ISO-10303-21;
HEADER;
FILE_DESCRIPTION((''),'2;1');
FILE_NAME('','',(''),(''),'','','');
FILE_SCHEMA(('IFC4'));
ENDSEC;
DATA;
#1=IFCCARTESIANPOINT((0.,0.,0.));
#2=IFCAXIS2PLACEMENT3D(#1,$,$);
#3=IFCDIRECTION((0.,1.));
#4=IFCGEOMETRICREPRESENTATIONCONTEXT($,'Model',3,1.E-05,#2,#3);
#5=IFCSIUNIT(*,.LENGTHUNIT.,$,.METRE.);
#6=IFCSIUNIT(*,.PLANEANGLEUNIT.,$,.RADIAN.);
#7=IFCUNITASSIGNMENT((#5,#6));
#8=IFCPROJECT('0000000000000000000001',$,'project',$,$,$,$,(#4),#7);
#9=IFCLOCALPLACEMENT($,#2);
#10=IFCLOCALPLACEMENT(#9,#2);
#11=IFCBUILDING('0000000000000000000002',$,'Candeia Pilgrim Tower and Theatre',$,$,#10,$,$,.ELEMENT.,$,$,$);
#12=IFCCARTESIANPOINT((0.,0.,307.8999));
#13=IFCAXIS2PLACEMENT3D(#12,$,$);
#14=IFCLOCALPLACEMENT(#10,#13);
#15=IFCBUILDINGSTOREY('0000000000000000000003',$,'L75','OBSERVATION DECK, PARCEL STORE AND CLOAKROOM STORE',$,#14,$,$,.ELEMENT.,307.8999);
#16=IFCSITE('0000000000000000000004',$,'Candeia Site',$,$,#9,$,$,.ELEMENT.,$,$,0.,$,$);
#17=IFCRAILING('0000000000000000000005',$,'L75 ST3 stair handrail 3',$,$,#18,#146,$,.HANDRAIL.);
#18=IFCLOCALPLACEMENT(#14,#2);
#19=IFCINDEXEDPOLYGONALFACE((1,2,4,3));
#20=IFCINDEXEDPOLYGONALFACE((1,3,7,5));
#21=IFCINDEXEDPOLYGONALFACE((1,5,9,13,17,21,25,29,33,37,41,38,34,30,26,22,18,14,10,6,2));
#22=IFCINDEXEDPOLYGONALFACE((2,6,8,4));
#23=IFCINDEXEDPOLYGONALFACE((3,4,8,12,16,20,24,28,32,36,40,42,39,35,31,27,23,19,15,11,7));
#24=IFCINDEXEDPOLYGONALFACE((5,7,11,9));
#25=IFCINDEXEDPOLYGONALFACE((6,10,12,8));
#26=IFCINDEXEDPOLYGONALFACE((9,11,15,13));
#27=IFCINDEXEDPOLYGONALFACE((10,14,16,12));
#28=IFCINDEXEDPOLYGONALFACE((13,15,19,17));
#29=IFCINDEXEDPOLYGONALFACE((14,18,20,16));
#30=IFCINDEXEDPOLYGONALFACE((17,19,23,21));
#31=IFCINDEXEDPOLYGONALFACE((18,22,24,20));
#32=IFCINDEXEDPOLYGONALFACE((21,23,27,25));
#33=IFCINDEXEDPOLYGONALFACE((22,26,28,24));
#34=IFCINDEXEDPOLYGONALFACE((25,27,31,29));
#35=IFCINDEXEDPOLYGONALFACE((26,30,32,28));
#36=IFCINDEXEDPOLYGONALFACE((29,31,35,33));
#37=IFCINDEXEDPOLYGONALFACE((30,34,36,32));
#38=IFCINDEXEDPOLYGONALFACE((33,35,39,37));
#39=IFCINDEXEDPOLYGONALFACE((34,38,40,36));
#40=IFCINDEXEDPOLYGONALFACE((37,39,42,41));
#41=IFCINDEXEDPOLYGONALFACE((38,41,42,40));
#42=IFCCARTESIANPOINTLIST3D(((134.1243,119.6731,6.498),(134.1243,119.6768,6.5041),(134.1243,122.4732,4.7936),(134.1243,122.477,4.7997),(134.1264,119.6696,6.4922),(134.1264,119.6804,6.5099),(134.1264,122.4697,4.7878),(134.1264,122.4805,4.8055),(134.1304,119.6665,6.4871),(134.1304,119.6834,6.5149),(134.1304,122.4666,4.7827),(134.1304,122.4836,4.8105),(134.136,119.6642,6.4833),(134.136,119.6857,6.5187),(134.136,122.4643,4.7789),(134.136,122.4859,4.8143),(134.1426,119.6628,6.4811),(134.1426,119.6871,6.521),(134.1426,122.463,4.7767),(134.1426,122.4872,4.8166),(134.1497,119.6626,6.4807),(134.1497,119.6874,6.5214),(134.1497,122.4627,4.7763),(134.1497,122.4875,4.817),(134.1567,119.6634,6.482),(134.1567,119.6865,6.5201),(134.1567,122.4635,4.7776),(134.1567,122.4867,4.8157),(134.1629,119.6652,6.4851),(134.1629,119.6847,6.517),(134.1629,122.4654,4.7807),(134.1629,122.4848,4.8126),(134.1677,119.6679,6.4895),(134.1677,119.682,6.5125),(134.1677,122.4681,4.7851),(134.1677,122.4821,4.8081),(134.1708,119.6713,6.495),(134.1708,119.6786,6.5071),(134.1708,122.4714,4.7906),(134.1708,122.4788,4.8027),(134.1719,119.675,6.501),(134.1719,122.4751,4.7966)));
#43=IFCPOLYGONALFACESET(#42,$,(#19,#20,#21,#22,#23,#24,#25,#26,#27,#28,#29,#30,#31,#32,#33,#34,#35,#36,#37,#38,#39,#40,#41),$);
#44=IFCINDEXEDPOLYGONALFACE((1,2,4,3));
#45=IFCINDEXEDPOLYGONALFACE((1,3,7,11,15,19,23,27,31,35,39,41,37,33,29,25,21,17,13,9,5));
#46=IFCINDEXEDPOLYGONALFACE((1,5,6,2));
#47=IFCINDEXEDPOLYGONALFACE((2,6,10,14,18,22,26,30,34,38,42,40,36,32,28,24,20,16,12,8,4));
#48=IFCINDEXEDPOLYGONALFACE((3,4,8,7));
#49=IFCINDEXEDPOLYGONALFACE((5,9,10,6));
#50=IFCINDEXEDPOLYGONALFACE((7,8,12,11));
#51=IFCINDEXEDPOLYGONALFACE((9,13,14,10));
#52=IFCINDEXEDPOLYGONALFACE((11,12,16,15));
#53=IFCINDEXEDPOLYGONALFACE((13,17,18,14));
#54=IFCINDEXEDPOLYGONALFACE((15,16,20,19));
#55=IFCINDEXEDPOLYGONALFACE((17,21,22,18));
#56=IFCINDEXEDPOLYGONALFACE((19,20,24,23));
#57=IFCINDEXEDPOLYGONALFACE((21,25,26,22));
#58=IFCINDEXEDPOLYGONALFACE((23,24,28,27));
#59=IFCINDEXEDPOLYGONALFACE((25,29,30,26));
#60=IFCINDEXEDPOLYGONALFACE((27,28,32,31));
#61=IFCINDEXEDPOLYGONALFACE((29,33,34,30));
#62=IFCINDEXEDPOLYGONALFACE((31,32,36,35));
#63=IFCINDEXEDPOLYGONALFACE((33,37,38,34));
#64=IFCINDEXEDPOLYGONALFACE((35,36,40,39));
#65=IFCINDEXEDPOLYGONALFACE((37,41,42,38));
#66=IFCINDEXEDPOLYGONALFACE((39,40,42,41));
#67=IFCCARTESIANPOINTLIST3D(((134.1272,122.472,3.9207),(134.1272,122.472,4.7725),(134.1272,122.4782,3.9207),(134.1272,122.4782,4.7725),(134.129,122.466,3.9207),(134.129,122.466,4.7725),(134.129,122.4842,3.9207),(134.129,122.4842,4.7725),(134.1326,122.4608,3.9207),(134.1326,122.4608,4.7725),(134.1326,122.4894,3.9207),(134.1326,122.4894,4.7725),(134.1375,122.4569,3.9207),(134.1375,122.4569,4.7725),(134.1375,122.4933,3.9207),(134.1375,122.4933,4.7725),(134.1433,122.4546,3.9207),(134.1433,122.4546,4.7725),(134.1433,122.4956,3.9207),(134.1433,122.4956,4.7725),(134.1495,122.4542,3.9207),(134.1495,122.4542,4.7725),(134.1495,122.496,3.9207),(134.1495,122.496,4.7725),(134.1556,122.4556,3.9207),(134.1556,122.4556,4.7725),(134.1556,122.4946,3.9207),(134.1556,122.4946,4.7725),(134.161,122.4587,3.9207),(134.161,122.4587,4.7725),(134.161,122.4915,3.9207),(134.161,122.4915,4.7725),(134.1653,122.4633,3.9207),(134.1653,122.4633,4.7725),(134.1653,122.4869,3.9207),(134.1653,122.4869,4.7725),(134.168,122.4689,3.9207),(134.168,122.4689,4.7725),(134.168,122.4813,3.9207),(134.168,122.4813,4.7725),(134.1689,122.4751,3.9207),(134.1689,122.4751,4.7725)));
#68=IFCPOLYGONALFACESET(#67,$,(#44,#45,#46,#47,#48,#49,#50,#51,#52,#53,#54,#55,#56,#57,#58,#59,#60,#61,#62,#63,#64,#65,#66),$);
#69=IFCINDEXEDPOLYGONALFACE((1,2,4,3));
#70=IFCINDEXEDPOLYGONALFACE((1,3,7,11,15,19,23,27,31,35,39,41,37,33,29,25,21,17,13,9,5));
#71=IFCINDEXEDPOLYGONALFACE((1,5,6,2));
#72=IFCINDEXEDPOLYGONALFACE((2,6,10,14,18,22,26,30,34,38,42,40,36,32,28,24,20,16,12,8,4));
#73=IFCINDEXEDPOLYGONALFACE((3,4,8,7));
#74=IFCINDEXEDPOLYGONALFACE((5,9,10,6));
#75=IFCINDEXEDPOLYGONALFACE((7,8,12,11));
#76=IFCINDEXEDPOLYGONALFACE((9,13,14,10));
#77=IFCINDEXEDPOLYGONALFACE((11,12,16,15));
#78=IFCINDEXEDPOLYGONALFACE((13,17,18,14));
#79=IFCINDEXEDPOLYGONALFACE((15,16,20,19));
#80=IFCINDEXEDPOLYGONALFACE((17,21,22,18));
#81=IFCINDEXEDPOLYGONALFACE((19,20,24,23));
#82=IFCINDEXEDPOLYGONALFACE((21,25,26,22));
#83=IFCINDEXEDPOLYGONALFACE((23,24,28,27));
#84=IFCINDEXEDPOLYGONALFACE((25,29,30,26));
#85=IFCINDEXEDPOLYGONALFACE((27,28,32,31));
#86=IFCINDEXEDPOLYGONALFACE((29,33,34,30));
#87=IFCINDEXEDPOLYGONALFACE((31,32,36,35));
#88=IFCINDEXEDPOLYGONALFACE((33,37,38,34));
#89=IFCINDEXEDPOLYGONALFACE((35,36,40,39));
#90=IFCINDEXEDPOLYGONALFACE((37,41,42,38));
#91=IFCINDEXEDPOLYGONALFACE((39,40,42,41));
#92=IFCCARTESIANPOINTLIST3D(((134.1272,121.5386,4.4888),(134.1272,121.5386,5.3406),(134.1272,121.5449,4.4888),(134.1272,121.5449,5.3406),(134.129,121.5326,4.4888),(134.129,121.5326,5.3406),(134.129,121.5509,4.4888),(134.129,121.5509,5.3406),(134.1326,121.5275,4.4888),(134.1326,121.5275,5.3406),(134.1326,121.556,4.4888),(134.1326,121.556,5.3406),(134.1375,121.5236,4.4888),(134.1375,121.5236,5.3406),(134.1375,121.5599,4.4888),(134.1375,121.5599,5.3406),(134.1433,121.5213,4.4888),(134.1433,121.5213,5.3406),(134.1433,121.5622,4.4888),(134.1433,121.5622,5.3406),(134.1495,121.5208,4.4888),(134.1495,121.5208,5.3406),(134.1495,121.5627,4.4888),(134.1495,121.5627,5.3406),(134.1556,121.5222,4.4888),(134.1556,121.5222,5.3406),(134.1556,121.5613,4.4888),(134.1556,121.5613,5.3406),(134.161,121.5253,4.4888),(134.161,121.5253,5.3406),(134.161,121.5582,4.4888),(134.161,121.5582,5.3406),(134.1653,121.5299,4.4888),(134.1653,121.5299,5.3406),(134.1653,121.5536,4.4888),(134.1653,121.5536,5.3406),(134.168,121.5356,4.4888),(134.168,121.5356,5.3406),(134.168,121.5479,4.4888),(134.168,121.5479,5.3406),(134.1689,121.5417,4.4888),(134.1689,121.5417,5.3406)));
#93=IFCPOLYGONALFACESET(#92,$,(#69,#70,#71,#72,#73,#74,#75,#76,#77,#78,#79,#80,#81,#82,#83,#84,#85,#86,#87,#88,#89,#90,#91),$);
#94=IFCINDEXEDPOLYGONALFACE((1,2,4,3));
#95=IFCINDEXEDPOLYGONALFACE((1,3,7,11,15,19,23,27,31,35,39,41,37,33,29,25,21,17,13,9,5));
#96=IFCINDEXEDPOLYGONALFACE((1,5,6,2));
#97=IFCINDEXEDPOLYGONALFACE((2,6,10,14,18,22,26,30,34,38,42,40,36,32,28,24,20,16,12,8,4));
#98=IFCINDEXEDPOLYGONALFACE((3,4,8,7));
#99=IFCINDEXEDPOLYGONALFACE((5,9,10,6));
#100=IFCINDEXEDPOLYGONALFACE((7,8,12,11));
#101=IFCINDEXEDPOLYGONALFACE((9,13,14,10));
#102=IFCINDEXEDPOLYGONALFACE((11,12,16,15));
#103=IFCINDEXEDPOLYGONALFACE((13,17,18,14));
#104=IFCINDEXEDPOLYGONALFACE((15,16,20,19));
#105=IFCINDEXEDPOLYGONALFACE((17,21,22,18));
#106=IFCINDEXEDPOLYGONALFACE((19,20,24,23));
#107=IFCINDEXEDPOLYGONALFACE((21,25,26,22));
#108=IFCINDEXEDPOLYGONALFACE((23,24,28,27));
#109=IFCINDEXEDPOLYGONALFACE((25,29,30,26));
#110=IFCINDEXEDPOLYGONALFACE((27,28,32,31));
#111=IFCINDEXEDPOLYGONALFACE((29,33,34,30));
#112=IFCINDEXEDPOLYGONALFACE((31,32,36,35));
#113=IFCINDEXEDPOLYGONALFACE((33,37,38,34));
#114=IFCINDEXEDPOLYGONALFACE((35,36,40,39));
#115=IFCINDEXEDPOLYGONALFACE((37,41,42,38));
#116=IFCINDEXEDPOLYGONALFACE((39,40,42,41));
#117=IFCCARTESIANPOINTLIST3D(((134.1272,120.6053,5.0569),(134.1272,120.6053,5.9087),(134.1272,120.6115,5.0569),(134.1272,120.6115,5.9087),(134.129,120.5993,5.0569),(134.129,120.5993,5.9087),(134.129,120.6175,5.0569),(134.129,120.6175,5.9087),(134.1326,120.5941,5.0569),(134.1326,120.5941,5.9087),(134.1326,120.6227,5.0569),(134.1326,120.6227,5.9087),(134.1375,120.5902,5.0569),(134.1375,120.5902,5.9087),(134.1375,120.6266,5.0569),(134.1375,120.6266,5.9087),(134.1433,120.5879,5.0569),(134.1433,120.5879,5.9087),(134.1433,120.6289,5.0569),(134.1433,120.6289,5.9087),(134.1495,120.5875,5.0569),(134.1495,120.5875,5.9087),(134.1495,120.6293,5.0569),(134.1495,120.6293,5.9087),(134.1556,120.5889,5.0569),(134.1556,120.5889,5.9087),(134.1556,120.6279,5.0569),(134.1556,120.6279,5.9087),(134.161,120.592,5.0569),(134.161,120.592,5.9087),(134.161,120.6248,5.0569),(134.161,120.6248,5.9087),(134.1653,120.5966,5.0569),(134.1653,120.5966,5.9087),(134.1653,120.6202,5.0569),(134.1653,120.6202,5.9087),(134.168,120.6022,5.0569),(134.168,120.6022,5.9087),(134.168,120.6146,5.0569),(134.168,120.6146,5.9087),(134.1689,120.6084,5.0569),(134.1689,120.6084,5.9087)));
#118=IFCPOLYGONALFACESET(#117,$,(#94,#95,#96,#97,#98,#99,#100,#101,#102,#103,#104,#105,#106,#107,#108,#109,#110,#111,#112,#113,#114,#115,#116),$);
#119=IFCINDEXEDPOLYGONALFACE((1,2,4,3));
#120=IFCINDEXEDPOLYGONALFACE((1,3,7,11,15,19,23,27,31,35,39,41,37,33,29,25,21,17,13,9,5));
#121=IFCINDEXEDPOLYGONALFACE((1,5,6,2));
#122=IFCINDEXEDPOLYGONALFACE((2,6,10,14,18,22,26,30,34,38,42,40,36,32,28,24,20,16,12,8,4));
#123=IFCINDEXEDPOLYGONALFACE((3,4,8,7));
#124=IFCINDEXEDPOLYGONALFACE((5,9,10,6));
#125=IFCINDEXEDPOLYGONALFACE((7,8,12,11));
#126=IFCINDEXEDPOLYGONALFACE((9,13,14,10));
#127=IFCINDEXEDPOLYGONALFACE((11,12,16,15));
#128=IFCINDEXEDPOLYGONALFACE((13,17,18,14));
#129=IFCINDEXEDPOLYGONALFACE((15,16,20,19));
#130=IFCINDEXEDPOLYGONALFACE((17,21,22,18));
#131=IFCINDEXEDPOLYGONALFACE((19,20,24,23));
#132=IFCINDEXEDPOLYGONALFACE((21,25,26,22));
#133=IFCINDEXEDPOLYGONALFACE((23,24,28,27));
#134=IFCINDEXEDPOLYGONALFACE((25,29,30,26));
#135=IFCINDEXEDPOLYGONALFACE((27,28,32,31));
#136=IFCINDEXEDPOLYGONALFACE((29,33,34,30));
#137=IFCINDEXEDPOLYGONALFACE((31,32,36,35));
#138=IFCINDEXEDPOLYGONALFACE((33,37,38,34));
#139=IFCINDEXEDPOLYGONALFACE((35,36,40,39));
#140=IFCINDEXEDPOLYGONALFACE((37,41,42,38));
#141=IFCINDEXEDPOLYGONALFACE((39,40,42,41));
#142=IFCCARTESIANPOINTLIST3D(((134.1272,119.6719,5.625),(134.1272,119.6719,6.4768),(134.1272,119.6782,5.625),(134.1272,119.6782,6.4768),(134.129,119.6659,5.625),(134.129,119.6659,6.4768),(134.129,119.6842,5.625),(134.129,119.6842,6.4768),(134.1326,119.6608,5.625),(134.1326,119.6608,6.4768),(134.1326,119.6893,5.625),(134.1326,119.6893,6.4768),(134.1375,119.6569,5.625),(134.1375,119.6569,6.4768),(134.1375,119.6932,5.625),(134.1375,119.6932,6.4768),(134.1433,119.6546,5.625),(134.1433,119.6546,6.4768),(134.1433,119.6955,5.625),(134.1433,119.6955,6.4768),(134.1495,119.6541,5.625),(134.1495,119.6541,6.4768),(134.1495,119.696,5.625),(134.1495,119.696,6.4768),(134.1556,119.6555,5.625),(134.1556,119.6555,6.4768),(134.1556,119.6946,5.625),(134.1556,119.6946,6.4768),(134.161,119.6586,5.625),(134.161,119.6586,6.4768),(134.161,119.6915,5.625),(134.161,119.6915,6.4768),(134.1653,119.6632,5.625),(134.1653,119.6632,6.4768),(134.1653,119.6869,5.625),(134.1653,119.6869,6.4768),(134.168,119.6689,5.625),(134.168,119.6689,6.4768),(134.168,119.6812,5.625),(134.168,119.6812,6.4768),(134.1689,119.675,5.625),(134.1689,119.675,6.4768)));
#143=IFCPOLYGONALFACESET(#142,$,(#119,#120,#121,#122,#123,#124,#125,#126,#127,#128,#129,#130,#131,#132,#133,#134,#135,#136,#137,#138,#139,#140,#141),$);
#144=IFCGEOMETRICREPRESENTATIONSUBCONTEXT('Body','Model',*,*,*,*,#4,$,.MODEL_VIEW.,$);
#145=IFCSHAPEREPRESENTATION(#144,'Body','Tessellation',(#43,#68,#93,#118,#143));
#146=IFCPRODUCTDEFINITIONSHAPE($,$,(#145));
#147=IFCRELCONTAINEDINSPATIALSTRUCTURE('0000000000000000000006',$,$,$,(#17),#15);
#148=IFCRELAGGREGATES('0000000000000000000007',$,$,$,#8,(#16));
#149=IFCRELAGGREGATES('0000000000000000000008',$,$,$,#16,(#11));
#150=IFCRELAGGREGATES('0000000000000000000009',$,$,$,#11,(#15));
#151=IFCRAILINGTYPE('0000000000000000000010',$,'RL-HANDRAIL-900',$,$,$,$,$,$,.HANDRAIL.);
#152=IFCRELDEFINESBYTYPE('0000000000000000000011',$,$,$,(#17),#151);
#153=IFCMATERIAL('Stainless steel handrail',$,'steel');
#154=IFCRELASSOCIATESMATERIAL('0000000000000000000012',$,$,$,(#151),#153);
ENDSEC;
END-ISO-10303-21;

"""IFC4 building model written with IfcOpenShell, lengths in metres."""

from ifc_helpers import new_model, si_unit, direction, frame, origin, origin_2d, place, context, subcontext, project, spatial, circle, extrude, material, type_object, element, save


model = new_model("IFC4")

# Units and contexts
model_context = context("Model", 3, precision=1e-05, world=origin(), true_north=direction((0.0, 1.0)))
body_context = subcontext(model_context, "Body", "Model", "MODEL_VIEW")
ifc_project = project(units=[si_unit("LENGTHUNIT", "METRE"), si_unit("PLANEANGLEUNIT", "RADIAN")], contexts=[model_context])

# Site, building, storey
site_placement = place(None, origin())
site = spatial("IfcSite", under=ifc_project, at=site_placement, Name="Candeia Site", CompositionType="ELEMENT", RefElevation=0.0)
building_placement = place(site_placement, origin())
building = spatial("IfcBuilding", under=site, at=building_placement, Name="Candeia Pilgrim Tower and Theatre", CompositionType="ELEMENT")
storey_placement = place(building_placement, frame((0.0, 0.0, 307.8999)))
storey = spatial("IfcBuildingStorey", under=building, at=storey_placement, Name="L75", Description="OBSERVATION DECK, PARCEL STORE AND CLOAKROOM STORE", CompositionType="ELEMENT", Elevation=307.8999)

# Railing
ifc_material_1 = material(Name="Stainless steel handrail", Category="steel")
railing_type_1 = type_object("IfcRailingType", Name="RL-HANDRAIL-900", PredefinedType="HANDRAIL", material=ifc_material_1)
railing_1_placement = place(storey_placement, frame((134.1479, 122.4751, 3.9207)))
element("IfcRailing", 1, at=railing_1_placement, inside=storey, type_object=railing_type_1, Name="L75 ST3 stair handrail 3", PredefinedType="HANDRAIL", context=body_context, shape_type="SweptSolid", body=[
    extrude(circle(Radius=0.0239, at=origin_2d()), frame((0.0, 0.0, 0.876), z_axis=(0.0, -0.854203, 0.51994), x_axis=(1.0, 0.0, 0.0)), (0.0, 0.0, 1.0), 3.2781),
    extrude(circle(Radius=0.021, at=origin_2d()), origin(), (0.0, 0.0, 1.0), 0.8518),
    extrude(circle(Radius=0.021, at=origin_2d()), frame((0.0, -0.9333, 0.5681)), (0.0, 0.0, 1.0), 0.8518),
    extrude(circle(Radius=0.021, at=origin_2d()), frame((0.0, -1.8667, 1.1362)), (0.0, 0.0, 1.0), 0.8518),
    extrude(circle(Radius=0.021, at=origin_2d()), frame((0.0, -2.8, 1.7043)), (0.0, 0.0, 1.0), 0.8518),
])

save(model, "model.ifc")
